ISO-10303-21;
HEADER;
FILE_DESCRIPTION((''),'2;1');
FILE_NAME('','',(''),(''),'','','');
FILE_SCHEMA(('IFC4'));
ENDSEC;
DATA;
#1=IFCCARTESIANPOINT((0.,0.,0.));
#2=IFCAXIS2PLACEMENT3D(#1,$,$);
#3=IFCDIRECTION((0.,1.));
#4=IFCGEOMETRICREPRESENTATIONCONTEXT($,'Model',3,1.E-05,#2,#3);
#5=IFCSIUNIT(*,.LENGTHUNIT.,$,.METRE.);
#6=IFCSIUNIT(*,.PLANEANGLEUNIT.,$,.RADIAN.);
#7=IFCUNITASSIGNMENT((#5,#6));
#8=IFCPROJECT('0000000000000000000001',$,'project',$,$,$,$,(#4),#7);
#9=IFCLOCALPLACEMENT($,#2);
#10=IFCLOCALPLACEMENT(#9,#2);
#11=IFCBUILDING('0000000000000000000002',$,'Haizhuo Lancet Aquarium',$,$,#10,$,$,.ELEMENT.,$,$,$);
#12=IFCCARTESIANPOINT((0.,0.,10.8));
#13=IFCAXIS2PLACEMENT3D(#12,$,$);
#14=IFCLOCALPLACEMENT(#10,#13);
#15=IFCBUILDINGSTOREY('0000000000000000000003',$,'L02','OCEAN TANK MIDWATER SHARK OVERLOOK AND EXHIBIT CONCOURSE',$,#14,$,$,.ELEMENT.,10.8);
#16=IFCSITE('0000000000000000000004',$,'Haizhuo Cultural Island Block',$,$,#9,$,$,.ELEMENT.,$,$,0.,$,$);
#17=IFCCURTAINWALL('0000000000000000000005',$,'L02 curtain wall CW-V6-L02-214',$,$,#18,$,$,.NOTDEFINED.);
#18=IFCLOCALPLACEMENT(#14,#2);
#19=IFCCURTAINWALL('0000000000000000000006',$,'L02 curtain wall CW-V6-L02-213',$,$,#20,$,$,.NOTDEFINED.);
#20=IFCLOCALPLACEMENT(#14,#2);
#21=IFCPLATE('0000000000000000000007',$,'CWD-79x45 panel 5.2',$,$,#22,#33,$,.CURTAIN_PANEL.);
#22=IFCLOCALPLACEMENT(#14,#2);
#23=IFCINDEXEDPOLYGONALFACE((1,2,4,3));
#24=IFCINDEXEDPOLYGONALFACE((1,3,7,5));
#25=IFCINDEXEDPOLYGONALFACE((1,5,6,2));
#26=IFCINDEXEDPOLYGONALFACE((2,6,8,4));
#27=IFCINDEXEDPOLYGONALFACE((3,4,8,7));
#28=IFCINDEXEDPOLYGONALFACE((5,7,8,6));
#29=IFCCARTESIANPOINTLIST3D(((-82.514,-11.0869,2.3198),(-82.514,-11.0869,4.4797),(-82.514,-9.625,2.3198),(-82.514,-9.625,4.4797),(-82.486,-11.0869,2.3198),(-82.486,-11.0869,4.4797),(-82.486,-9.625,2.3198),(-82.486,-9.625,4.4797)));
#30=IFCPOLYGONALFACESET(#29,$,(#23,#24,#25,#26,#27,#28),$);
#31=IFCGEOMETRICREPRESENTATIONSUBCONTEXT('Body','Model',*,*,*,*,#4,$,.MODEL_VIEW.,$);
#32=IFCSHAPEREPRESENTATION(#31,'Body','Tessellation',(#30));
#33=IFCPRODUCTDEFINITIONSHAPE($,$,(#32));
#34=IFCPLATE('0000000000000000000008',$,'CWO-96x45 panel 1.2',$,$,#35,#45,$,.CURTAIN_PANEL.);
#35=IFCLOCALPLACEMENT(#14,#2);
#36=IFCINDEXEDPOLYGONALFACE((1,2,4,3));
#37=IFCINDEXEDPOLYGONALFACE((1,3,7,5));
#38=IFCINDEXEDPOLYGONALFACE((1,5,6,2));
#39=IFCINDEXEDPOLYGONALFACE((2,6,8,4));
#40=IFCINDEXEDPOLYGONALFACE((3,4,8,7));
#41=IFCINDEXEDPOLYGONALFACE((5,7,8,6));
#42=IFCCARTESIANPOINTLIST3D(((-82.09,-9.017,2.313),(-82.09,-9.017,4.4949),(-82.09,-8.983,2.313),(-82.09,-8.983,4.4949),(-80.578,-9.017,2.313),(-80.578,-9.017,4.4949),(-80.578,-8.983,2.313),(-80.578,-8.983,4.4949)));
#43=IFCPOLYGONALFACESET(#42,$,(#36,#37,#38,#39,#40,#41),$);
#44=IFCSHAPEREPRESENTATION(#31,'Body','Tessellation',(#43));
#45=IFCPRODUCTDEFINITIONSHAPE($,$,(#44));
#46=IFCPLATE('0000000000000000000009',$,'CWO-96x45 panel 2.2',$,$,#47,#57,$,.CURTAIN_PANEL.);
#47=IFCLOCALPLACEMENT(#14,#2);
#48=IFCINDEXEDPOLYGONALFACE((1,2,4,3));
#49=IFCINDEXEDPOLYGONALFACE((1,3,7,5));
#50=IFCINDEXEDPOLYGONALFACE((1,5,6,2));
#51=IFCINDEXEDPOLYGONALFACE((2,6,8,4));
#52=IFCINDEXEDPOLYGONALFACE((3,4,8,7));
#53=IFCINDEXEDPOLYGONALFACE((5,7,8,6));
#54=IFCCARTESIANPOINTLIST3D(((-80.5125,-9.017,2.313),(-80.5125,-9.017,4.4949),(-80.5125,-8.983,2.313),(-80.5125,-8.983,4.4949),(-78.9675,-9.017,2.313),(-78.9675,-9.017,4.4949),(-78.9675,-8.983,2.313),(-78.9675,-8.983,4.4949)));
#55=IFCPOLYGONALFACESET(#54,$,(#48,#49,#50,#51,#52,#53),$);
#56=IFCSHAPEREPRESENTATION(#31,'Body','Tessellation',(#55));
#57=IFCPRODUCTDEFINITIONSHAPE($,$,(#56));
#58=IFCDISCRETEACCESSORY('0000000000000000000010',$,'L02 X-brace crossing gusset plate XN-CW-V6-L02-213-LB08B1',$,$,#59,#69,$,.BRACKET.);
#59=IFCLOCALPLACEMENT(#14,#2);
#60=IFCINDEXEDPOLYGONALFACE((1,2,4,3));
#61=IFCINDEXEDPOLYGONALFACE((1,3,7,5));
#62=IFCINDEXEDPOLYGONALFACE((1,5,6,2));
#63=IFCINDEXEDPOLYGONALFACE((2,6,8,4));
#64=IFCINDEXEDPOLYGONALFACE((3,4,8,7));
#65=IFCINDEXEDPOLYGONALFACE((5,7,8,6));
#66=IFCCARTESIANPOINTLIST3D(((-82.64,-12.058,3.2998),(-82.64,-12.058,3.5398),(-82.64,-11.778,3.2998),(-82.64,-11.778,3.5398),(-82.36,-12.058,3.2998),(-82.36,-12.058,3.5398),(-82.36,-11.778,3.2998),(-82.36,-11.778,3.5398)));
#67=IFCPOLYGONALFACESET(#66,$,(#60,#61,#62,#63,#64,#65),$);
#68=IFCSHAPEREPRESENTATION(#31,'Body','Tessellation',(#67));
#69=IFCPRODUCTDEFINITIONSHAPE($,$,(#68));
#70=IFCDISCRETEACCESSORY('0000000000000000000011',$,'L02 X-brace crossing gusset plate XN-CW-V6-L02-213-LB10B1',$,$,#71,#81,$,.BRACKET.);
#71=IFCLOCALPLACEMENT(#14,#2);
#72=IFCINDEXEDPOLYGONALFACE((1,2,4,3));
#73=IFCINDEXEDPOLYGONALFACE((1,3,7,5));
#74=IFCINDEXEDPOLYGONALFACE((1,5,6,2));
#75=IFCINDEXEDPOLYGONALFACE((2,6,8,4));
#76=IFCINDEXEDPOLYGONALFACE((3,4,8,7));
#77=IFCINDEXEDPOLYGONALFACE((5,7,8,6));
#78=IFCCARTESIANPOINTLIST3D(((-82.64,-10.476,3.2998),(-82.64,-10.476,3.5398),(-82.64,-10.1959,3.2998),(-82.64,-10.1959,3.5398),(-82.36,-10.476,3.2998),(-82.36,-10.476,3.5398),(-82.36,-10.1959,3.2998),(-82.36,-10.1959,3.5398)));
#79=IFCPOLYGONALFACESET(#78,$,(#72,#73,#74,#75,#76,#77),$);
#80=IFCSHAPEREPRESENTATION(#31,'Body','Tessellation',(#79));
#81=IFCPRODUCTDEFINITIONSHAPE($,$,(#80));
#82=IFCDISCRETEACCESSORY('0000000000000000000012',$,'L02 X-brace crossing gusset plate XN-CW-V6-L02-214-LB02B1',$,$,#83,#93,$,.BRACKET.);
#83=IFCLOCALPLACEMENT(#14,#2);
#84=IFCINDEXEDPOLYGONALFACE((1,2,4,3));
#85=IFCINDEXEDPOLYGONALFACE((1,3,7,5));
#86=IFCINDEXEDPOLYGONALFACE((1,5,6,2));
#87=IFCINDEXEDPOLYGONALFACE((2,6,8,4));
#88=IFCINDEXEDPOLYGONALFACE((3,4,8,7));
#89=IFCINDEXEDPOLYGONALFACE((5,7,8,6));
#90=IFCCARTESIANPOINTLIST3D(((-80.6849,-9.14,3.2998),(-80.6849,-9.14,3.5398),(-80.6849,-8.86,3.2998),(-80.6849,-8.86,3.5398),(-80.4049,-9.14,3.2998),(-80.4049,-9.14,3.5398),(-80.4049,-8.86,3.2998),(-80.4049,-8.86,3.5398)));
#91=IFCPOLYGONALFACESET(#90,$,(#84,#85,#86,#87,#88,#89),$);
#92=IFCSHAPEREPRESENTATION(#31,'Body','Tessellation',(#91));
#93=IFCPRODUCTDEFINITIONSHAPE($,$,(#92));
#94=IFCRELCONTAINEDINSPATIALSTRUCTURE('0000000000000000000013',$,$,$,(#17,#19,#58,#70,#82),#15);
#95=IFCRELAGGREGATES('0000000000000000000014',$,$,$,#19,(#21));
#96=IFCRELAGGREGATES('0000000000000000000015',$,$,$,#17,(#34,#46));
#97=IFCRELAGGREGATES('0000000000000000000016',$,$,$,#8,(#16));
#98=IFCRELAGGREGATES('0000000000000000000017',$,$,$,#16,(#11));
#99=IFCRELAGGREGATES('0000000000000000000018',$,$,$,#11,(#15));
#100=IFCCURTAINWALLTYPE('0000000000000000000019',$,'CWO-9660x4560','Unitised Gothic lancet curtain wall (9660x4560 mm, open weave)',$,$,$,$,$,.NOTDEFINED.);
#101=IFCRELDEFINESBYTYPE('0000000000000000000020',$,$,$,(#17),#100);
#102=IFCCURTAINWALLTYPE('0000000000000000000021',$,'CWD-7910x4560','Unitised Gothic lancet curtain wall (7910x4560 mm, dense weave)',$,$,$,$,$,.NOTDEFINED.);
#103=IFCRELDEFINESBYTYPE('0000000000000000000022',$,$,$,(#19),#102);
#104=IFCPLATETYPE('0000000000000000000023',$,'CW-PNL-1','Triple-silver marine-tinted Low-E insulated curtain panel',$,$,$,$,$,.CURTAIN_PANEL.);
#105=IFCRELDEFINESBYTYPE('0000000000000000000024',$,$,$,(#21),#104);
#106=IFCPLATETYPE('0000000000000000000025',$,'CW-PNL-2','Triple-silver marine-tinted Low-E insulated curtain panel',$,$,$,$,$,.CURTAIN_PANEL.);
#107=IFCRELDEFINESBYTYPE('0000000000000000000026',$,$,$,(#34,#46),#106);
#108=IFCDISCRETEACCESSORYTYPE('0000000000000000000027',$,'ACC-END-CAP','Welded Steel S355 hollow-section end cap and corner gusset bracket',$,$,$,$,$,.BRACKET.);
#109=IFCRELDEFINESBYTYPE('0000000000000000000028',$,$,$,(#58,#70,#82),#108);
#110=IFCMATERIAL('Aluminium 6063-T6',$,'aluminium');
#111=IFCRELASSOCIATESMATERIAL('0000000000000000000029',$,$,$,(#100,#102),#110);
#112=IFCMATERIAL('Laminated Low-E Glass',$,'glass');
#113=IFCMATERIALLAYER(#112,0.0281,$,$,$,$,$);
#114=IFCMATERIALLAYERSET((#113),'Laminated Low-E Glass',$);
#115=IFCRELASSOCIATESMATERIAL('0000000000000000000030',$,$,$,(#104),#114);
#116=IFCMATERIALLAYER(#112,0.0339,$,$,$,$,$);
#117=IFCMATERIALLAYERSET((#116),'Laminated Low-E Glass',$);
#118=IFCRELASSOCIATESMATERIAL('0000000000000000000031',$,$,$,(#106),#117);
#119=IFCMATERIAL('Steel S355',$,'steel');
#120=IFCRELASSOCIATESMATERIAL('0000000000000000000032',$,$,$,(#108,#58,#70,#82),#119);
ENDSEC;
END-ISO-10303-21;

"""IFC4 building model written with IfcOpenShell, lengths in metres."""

from ifc_helpers import new_model, si_unit, direction, frame, origin, origin_2d, place, context, subcontext, project, spatial, rectangle, extrude, material, layer, layer_set, type_object, element, aggregate, save


model = new_model("IFC4")

# Units and contexts
model_context = context("Model", 3, precision=1e-05, world=origin(), true_north=direction((0.0, 1.0)))
body_context = subcontext(model_context, "Body", "Model", "MODEL_VIEW")
ifc_project = project(units=[si_unit("LENGTHUNIT", "METRE"), si_unit("PLANEANGLEUNIT", "RADIAN")], contexts=[model_context])

# Site, building, storey
site_placement = place(None, origin())
site = spatial("IfcSite", under=ifc_project, at=site_placement, Name="Haizhuo Cultural Island Block", CompositionType="ELEMENT", RefElevation=0.0)
building_placement = place(site_placement, origin())
building = spatial("IfcBuilding", under=site, at=building_placement, Name="Haizhuo Lancet Aquarium", CompositionType="ELEMENT")
storey_placement = place(building_placement, frame((0.0, 0.0, 10.8)))
storey = spatial("IfcBuildingStorey", under=building, at=storey_placement, Name="L02", Description="OCEAN TANK MIDWATER SHARK OVERLOOK AND EXHIBIT CONCOURSE", CompositionType="ELEMENT", Elevation=10.8)

# Shared definitions
ifc_material_1 = material(Name="Steel S355", Category="steel")

# Curtain walls
ifc_material_2 = material(Name="Aluminium 6063-T6", Category="aluminium")
curtain_wall_type_1 = type_object("IfcCurtainWallType", Name="CWO-9660x4560", Description="Unitised Gothic lancet curtain wall (9660x4560 mm, open weave)", PredefinedType="NOTDEFINED", material=ifc_material_2)
curtain_wall_1_placement = place(storey_placement, origin())
curtain_wall_1 = element("IfcCurtainWall", 1, at=curtain_wall_1_placement, inside=storey, type_object=curtain_wall_type_1, Name="L02 curtain wall CW-V6-L02-214", PredefinedType="NOTDEFINED")
curtain_wall_type_2 = type_object("IfcCurtainWallType", Name="CWD-7910x4560", Description="Unitised Gothic lancet curtain wall (7910x4560 mm, dense weave)", PredefinedType="NOTDEFINED", material=ifc_material_2)
curtain_wall_2_placement = place(storey_placement, origin())
curtain_wall_2 = element("IfcCurtainWall", 2, at=curtain_wall_2_placement, inside=storey, type_object=curtain_wall_type_2, Name="L02 curtain wall CW-V6-L02-213", PredefinedType="NOTDEFINED")

# Plates
ifc_material_3 = material(Name="Laminated Low-E Glass", Category="glass")
ifc_layer_1 = layer(ifc_material_3, 0.0281)
ifc_layer_set_1 = layer_set([ifc_layer_1], Name="Laminated Low-E Glass")
plate_type_1 = type_object("IfcPlateType", Name="CW-PNL-1", Description="Triple-silver marine-tinted Low-E insulated curtain panel", PredefinedType="CURTAIN_PANEL", material=ifc_layer_set_1)
plate_1_placement = place(storey_placement, frame((-82.5, -10.356, 2.3198), z_axis=(0.0, 0.0, 1.0), x_axis=(0.0, 1.0, 0.0)))
plate_1 = element("IfcPlate", 3, at=plate_1_placement, type_object=plate_type_1, Name="CWD-79x45 panel 5.2", PredefinedType="CURTAIN_PANEL", context=body_context, shape_type="SweptSolid", body=[
    extrude(rectangle(XDim=1.4619, YDim=0.0281, at=origin_2d()), origin(), (0.0, 0.0, 1.0), 2.1599),
])
aggregate(curtain_wall_2, [plate_1])
ifc_layer_2 = layer(ifc_material_3, 0.0339)
ifc_layer_set_2 = layer_set([ifc_layer_2], Name="Laminated Low-E Glass")
plate_type_2 = type_object("IfcPlateType", Name="CW-PNL-2", Description="Triple-silver marine-tinted Low-E insulated curtain panel", PredefinedType="CURTAIN_PANEL", material=ifc_layer_set_2)
plate_2_placement = place(storey_placement, frame((-81.334, -9.0, 2.313), z_axis=(0.0, 0.0, 1.0), x_axis=(1.0, 0.0, 0.0)))
plate_2 = element("IfcPlate", 4, at=plate_2_placement, type_object=plate_type_2, Name="CWO-96x45 panel 1.2", PredefinedType="CURTAIN_PANEL", context=body_context, shape_type="SweptSolid", body=[
    extrude(rectangle(XDim=1.512, YDim=0.0339, at=origin_2d()), origin(), (0.0, 0.0, 1.0), 2.1819),
])
plate_3_placement = place(storey_placement, frame((-79.74, -9.0, 2.313), z_axis=(0.0, 0.0, 1.0), x_axis=(1.0, 0.0, 0.0)))
plate_3 = element("IfcPlate", 5, at=plate_3_placement, type_object=plate_type_2, Name="CWO-96x45 panel 2.2", PredefinedType="CURTAIN_PANEL", context=body_context, shape_type="SweptSolid", body=[
    extrude(rectangle(XDim=1.5449, YDim=0.0339, at=origin_2d()), origin(), (0.0, 0.0, 1.0), 2.1819),
])
aggregate(curtain_wall_1, [plate_2, plate_3])

# Discrete accessories
discrete_accessory_type = type_object("IfcDiscreteAccessoryType", Name="ACC-END-CAP", Description="Welded Steel S355 hollow-section end cap and corner gusset bracket", PredefinedType="BRACKET", material=ifc_material_1)
for number, where, z_axis, x_axis, name in (
    (6, (-82.5, -11.918, 3.2998), (0.0, 0.0, 1.0), (1.0, 0.0, 0.0), "L02 X-brace crossing gusset plate XN-CW-V6-L02-213-LB08B1"),
    (7, (-82.5, -10.3359, 3.2998), (0.0, 0.0, 1.0), (1.0, 0.0, 0.0), "L02 X-brace crossing gusset plate XN-CW-V6-L02-213-LB10B1"),
    (8, (-80.5449, -9.0, 3.2998), (0.0, 0.0, 1.0), (1.0, 0.0, 0.0), "L02 X-brace crossing gusset plate XN-CW-V6-L02-214-LB02B1"),
):
    element("IfcDiscreteAccessory", number, at=place(storey_placement, frame(where, z_axis=z_axis, x_axis=x_axis)), inside=storey, type_object=discrete_accessory_type, material=ifc_material_1, Name=name, PredefinedType="BRACKET", context=body_context, shape_type="SweptSolid", body=[
        extrude(rectangle(XDim=0.28, YDim=0.28, at=origin_2d()), origin(), (0.0, 0.0, 1.0), 0.24),
    ])

save(model, "model.ifc")
